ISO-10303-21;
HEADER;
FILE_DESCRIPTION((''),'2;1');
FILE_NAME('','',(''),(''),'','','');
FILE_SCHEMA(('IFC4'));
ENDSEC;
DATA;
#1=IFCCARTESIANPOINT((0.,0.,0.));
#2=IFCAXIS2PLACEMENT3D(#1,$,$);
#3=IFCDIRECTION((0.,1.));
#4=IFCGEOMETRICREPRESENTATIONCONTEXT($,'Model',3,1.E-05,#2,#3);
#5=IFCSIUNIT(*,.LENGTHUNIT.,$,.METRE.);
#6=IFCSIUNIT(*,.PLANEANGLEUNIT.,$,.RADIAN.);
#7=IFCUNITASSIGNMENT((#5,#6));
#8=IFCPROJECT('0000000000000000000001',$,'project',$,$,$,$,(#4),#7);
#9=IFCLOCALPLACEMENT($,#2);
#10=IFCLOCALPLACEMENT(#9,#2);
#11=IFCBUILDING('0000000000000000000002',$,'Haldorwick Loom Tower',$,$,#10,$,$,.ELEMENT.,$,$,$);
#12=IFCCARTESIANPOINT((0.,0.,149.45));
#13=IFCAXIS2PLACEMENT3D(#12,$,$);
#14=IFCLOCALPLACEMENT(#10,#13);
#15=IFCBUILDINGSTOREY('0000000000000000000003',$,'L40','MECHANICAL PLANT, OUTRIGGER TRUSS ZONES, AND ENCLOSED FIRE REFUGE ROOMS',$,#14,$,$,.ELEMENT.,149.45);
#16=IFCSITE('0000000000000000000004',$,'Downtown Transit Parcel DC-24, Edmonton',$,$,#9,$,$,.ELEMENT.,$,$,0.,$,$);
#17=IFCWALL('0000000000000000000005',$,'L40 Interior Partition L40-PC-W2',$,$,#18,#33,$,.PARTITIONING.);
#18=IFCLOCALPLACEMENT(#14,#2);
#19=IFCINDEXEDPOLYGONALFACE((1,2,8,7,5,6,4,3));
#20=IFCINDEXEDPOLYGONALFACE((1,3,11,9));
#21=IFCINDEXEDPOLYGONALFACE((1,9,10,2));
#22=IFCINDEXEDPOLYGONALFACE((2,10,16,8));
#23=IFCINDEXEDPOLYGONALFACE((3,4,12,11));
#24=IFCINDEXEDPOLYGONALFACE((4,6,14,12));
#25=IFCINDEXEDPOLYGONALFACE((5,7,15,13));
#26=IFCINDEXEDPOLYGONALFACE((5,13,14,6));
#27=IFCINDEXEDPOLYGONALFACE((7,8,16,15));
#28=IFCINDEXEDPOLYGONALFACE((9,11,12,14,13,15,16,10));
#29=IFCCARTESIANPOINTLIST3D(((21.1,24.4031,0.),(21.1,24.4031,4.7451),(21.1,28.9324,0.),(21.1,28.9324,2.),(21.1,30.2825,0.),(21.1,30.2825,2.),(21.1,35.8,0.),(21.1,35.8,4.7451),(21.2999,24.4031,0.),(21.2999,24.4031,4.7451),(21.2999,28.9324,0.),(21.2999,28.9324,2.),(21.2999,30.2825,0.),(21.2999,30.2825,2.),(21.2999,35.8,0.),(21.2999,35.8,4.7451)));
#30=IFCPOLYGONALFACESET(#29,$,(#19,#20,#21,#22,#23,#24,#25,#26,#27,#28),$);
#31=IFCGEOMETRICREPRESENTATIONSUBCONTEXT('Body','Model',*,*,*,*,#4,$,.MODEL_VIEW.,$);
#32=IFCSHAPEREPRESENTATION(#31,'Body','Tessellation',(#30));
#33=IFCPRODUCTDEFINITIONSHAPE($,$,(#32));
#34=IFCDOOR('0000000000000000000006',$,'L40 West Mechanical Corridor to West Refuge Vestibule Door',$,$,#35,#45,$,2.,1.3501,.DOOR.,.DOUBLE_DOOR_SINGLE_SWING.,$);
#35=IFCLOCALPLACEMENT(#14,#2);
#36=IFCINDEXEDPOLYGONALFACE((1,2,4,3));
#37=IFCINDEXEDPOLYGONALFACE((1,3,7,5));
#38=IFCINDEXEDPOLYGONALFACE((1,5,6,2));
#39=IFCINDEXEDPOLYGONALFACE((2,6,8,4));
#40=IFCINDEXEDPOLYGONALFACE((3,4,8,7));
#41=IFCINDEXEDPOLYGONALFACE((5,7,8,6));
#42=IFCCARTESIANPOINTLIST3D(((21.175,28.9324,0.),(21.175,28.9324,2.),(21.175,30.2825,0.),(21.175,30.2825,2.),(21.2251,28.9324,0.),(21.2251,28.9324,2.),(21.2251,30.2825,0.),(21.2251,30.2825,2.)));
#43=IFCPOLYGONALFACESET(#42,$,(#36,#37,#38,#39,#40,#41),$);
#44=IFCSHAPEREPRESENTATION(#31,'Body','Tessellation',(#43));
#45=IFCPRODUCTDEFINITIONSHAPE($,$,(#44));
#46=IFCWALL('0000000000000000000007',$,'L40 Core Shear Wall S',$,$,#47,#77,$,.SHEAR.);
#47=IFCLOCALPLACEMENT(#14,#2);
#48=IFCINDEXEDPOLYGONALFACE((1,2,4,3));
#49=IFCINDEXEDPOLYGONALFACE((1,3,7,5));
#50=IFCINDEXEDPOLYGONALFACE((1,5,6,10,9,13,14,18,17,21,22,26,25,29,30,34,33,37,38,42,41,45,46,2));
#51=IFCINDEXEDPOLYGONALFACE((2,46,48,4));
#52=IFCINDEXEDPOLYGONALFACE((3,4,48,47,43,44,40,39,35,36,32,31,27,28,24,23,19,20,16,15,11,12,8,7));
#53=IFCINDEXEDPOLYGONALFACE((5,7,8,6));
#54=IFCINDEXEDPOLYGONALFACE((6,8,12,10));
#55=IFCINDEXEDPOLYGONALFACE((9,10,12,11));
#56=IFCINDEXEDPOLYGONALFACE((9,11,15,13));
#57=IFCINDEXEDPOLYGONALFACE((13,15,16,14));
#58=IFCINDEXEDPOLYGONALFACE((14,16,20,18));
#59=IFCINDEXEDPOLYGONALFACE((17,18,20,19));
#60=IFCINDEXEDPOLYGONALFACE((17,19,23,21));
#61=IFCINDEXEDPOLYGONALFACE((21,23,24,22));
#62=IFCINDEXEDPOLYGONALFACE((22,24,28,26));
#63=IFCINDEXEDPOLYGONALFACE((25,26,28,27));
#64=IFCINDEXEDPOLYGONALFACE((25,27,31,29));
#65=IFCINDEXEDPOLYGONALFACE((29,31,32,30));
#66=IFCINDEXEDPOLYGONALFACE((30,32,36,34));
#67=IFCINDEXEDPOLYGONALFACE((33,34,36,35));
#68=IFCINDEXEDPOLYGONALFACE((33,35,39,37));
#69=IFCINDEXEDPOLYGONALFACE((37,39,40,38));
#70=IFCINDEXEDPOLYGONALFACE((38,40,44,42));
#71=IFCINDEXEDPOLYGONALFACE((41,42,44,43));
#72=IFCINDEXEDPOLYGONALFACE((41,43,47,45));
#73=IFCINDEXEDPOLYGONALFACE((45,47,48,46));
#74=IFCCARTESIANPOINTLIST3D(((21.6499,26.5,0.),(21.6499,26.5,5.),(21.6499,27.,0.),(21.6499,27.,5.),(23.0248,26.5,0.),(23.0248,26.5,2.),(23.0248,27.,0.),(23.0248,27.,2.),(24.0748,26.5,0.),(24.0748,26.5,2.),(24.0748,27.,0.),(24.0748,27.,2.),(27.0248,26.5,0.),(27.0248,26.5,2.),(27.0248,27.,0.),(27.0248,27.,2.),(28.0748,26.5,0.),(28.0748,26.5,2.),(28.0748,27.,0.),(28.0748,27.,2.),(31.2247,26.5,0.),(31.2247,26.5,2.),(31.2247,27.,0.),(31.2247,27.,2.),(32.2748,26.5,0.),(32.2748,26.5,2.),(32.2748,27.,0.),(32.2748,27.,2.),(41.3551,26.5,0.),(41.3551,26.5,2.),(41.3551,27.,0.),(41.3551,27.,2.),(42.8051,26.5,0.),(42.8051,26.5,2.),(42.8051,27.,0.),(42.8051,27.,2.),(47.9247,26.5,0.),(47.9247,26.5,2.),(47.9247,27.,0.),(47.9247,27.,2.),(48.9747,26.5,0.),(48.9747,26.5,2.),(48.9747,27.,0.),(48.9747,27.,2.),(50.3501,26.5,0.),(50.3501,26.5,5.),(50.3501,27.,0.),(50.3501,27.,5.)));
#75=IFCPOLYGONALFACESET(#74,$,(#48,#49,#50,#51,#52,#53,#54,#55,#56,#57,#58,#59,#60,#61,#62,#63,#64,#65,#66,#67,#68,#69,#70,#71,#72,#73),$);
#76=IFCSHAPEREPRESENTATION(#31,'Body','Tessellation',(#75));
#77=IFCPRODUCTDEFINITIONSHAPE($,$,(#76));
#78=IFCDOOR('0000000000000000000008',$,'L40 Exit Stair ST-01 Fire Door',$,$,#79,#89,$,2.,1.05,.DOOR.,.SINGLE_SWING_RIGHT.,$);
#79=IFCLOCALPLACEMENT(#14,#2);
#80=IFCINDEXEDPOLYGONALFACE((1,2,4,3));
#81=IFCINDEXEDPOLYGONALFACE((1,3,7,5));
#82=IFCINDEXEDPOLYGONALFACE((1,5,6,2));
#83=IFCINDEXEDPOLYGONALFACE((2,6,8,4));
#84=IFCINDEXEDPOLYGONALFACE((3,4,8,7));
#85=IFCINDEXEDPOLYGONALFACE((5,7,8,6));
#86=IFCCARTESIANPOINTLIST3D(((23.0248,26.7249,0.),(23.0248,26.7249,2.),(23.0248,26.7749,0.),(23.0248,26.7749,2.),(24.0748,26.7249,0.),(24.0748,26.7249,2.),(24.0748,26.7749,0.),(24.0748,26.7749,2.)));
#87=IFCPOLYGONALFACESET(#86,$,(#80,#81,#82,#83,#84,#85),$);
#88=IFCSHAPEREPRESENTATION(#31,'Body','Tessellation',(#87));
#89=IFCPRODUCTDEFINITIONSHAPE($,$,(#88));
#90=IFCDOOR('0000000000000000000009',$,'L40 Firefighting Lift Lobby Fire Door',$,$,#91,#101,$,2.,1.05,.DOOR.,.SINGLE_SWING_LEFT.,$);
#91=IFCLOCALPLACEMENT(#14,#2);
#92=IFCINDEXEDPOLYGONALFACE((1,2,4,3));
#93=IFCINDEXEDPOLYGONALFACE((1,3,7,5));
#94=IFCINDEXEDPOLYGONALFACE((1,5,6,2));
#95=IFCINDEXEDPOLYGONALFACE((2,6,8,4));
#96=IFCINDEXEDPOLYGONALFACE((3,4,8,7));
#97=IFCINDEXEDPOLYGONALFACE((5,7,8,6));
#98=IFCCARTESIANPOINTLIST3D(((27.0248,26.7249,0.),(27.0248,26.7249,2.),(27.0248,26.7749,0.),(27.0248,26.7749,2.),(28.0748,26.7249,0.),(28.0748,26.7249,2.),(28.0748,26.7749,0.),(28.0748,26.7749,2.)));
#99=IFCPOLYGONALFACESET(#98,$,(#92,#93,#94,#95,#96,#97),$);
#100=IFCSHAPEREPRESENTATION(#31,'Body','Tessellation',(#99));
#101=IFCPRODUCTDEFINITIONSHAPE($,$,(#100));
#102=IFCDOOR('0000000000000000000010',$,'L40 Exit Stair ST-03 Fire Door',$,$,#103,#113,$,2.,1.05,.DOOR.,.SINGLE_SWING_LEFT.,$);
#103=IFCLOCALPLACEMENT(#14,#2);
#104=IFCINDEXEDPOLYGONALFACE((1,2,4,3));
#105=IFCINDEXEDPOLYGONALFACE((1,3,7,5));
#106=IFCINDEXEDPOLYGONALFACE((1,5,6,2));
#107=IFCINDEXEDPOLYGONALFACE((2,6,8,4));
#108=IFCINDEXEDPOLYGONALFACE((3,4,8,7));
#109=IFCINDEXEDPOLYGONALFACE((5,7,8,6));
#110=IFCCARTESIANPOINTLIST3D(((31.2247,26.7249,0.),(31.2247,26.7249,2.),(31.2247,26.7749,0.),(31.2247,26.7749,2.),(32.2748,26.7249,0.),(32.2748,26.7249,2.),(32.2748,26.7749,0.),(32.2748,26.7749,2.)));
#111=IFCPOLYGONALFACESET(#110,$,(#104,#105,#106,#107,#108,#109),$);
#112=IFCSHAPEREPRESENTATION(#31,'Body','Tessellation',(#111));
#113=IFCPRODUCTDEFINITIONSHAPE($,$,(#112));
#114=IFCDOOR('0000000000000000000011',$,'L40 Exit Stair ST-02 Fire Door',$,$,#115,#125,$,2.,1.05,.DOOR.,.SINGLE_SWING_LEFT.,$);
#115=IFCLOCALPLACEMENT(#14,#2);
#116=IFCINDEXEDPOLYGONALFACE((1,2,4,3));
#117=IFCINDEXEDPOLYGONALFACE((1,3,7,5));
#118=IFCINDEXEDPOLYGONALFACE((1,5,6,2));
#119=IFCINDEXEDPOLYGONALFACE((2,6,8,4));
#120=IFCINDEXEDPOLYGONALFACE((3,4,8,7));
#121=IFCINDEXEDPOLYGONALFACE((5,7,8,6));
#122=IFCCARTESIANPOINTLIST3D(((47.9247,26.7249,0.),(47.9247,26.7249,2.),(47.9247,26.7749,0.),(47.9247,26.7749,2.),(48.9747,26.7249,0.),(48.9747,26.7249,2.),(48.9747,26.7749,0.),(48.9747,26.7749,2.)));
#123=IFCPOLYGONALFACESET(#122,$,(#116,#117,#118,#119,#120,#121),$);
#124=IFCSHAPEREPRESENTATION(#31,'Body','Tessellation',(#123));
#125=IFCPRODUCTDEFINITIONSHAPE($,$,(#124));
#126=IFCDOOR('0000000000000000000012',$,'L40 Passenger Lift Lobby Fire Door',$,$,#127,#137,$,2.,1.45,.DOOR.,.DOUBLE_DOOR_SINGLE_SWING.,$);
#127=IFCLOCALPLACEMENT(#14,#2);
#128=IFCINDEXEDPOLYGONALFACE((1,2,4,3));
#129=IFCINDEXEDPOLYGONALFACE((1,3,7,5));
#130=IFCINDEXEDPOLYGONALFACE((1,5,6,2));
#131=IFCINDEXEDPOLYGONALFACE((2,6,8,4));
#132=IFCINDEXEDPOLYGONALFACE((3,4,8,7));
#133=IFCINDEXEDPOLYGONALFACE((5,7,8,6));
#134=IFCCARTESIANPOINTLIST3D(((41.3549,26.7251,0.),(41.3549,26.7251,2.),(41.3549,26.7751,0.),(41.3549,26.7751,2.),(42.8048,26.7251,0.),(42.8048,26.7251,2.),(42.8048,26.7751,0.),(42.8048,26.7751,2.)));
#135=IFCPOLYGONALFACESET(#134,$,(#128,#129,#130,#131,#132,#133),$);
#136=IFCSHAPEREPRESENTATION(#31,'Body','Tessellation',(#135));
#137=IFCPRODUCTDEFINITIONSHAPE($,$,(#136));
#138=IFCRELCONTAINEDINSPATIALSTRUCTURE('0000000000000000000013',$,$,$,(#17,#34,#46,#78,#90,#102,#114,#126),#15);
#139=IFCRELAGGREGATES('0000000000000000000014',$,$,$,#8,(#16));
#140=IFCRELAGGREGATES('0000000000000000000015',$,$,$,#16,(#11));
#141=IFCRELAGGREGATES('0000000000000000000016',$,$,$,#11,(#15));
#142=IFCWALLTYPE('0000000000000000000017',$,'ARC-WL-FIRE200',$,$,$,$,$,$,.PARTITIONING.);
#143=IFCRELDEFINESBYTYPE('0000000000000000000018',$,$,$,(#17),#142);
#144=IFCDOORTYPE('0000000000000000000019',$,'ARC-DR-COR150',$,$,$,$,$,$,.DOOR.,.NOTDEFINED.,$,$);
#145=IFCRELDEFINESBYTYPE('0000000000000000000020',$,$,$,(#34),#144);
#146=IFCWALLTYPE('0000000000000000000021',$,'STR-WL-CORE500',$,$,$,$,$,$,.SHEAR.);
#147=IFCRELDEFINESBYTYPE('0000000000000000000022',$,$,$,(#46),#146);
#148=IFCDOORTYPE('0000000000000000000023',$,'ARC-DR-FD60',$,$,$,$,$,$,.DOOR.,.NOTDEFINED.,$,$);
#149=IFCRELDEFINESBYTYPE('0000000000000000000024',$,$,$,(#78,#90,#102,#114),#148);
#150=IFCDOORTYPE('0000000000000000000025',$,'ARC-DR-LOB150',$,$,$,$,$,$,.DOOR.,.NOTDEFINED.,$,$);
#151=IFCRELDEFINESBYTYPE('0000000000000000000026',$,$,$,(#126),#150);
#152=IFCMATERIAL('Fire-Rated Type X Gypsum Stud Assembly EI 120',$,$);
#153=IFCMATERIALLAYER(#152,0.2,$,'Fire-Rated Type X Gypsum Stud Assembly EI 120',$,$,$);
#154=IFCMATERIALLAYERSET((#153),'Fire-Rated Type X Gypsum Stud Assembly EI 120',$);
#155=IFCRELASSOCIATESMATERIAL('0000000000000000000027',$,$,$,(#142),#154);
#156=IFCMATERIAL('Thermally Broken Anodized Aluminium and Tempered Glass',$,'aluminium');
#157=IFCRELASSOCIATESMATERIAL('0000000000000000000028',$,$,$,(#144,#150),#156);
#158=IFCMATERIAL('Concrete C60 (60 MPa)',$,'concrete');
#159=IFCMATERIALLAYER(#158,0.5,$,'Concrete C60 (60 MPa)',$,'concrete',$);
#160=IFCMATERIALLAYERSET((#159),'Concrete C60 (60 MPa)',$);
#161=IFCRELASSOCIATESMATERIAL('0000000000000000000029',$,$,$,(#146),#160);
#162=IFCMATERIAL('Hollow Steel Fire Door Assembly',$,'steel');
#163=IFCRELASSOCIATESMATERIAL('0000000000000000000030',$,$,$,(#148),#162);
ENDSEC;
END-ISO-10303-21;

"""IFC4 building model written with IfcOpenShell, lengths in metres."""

from ifc_helpers import new_model, si_unit, direction, frame, frame_2d, origin, place, context, subcontext, project, spatial, rectangle, extrude, material, layer, layer_set, type_object, element, fill, save


model = new_model("IFC4")

# Units and contexts
model_context = context("Model", 3, precision=1e-05, world=origin(), true_north=direction((0.0, 1.0)))
body_context = subcontext(model_context, "Body", "Model", "MODEL_VIEW")
ifc_project = project(units=[si_unit("LENGTHUNIT", "METRE"), si_unit("PLANEANGLEUNIT", "RADIAN")], contexts=[model_context])

# Site, building, storey
site_placement = place(None, origin())
site = spatial("IfcSite", under=ifc_project, at=site_placement, Name="Downtown Transit Parcel DC-24, Edmonton", CompositionType="ELEMENT", RefElevation=0.0)
building_placement = place(site_placement, origin())
building = spatial("IfcBuilding", under=site, at=building_placement, Name="Haldorwick Loom Tower", CompositionType="ELEMENT")
storey_placement = place(building_placement, frame((0.0, 0.0, 149.45)))
storey = spatial("IfcBuildingStorey", under=building, at=storey_placement, Name="L40", Description="MECHANICAL PLANT, OUTRIGGER TRUSS ZONES, AND ENCLOSED FIRE REFUGE ROOMS", CompositionType="ELEMENT", Elevation=149.45)

# Shared definitions
ifc_material_1 = material(Name="Concrete C60 (60 MPa)", Category="concrete")

# Shared definitions
ifc_material_2 = material(Name="Fire-Rated Type X Gypsum Stud Assembly EI 120")
ifc_layer_1 = layer(ifc_material_2, 0.2, Name="Fire-Rated Type X Gypsum Stud Assembly EI 120")
ifc_layer_set_1 = layer_set([ifc_layer_1], Name="Fire-Rated Type X Gypsum Stud Assembly EI 120")
wall_type_1 = type_object("IfcWallType", Name="ARC-WL-FIRE200", PredefinedType="PARTITIONING", material=ifc_layer_set_1)
ifc_material_3 = material(Name="Hollow Steel Fire Door Assembly", Category="steel")

# Wall, opening, door
wall_1_placement = place(storey_placement, frame((21.2, 24.4031, 0.0), z_axis=(0.0, 0.0, 1.0), x_axis=(0.0, 1.0, 0.0)))
wall_1 = element("IfcWall", 1, at=wall_1_placement, inside=storey, type_object=wall_type_1, Name="L40 Interior Partition L40-PC-W2", PredefinedType="PARTITIONING", context=body_context, shape_type="SweptSolid", body=[
    extrude(rectangle(XDim=11.397, YDim=0.2, at=frame_2d((5.6985, 0.0))), origin(), (0.0, 0.0, 1.0), 4.7451),
])
opening_1_placement = place(wall_1_placement, frame((4.5293, 0.0, 0.0)))
opening_1 = element("IfcOpeningElement", 2, at=opening_1_placement, cuts=wall_1, PredefinedType="OPENING", context=body_context, shape_type="SweptSolid", body=[
    extrude(rectangle(XDim=1.3501, YDim=2.0, at=frame_2d((0.675, 1.0))), frame((0.0, 0.1099, 0.0), z_axis=(0.0, -1.0, 0.0), x_axis=(1.0, 0.0, 0.0)), (0.0, 0.0, 1.0), 0.22),
])
ifc_material_4 = material(Name="Thermally Broken Anodized Aluminium and Tempered Glass", Category="aluminium")
door_type_1 = type_object("IfcDoorType", Name="ARC-DR-COR150", OperationType="NOTDEFINED", PredefinedType="DOOR", material=ifc_material_4)
door_1_placement = place(opening_1_placement, origin())
door_1 = element("IfcDoor", 3, at=door_1_placement, inside=storey, type_object=door_type_1, Name="L40 West Mechanical Corridor to West Refuge Vestibule Door", OperationType="DOUBLE_DOOR_SINGLE_SWING", OverallHeight=2.0, OverallWidth=1.3501, PredefinedType="DOOR", context=body_context, shape_type="SweptSolid", body=[
    extrude(rectangle(XDim=1.3501, YDim=2.0, at=frame_2d((0.675, 1.0))), frame((0.0, 0.0249, 0.0), z_axis=(0.0, -1.0, 0.0), x_axis=(1.0, 0.0, 0.0)), (0.0, 0.0, 1.0), 0.05),
])
fill(opening_1, door_1)

# Wall, openings, doors
ifc_layer_2 = layer(ifc_material_1, 0.5, Name="Concrete C60 (60 MPa)", Category="concrete")
ifc_layer_set_2 = layer_set([ifc_layer_2], Name="Concrete C60 (60 MPa)")
wall_type_2 = type_object("IfcWallType", Name="STR-WL-CORE500", PredefinedType="SHEAR", material=ifc_layer_set_2)
wall_2_placement = place(storey_placement, frame((21.6499, 26.75, 0.0), z_axis=(0.0, 0.0, 1.0), x_axis=(1.0, 0.0, 0.0)))
wall_2 = element("IfcWall", 4, at=wall_2_placement, inside=storey, type_object=wall_type_2, Name="L40 Core Shear Wall S", PredefinedType="SHEAR", context=body_context, shape_type="SweptSolid", body=[
    extrude(rectangle(XDim=28.7002, YDim=0.5, at=frame_2d((14.3501, 0.0))), origin(), (0.0, 0.0, 1.0), 5.0),
])
opening_2_placement = place(wall_2_placement, frame((1.375, 0.0, 0.0)))
opening_2 = element("IfcOpeningElement", 5, at=opening_2_placement, cuts=wall_2, PredefinedType="OPENING", context=body_context, shape_type="SweptSolid", body=[
    extrude(rectangle(XDim=1.05, YDim=2.0, at=frame_2d((0.5249, 1.0))), frame((0.0, 0.26, 0.0), z_axis=(0.0, -1.0, 0.0), x_axis=(1.0, 0.0, 0.0)), (0.0, 0.0, 1.0), 0.52),
])
opening_3_placement = place(wall_2_placement, frame((5.375, 0.0, 0.0)))
opening_3 = element("IfcOpeningElement", 6, at=opening_3_placement, cuts=wall_2, PredefinedType="OPENING", context=body_context, shape_type="SweptSolid", body=[
    extrude(rectangle(XDim=1.05, YDim=2.0, at=frame_2d((0.5249, 1.0))), frame((0.0, 0.26, 0.0), z_axis=(0.0, -1.0, 0.0), x_axis=(1.0, 0.0, 0.0)), (0.0, 0.0, 1.0), 0.52),
])
opening_4_placement = place(wall_2_placement, frame((9.575, 0.0, 0.0)))
opening_4 = element("IfcOpeningElement", 7, at=opening_4_placement, cuts=wall_2, PredefinedType="OPENING", context=body_context, shape_type="SweptSolid", body=[
    extrude(rectangle(XDim=1.05, YDim=2.0, at=frame_2d((0.5249, 1.0))), frame((0.0, 0.26, 0.0), z_axis=(0.0, -1.0, 0.0), x_axis=(1.0, 0.0, 0.0)), (0.0, 0.0, 1.0), 0.52),
])
opening_5_placement = place(wall_2_placement, frame((19.7051, 0.0, 0.0)))
opening_5 = element("IfcOpeningElement", 8, at=opening_5_placement, cuts=wall_2, PredefinedType="OPENING", context=body_context, shape_type="SweptSolid", body=[
    extrude(rectangle(XDim=1.45, YDim=2.0, at=frame_2d((0.7251, 1.0))), frame((0.0, 0.26, 0.0), z_axis=(0.0, -1.0, 0.0), x_axis=(1.0, 0.0, 0.0)), (0.0, 0.0, 1.0), 0.52),
])
opening_6_placement = place(wall_2_placement, frame((26.2749, 0.0, 0.0)))
opening_6 = element("IfcOpeningElement", 9, at=opening_6_placement, cuts=wall_2, PredefinedType="OPENING", context=body_context, shape_type="SweptSolid", body=[
    extrude(rectangle(XDim=1.05, YDim=2.0, at=frame_2d((0.5249, 1.0))), frame((0.0, 0.26, 0.0), z_axis=(0.0, -1.0, 0.0), x_axis=(1.0, 0.0, 0.0)), (0.0, 0.0, 1.0), 0.52),
])
door_type_2 = type_object("IfcDoorType", Name="ARC-DR-FD60", OperationType="NOTDEFINED", PredefinedType="DOOR", material=ifc_material_3)
door_2_placement = place(opening_2_placement, origin())
door_2 = element("IfcDoor", 10, at=door_2_placement, inside=storey, type_object=door_type_2, Name="L40 Exit Stair ST-01 Fire Door", OperationType="SINGLE_SWING_RIGHT", OverallHeight=2.0, OverallWidth=1.05, PredefinedType="DOOR", context=body_context, shape_type="SweptSolid", body=[
    extrude(rectangle(XDim=1.05, YDim=2.0, at=frame_2d((0.5249, 1.0))), frame((0.0, 0.0249, 0.0), z_axis=(0.0, -1.0, 0.0), x_axis=(1.0, 0.0, 0.0)), (0.0, 0.0, 1.0), 0.05),
])
fill(opening_2, door_2)
door_3_placement = place(opening_3_placement, origin())
door_3 = element("IfcDoor", 11, at=door_3_placement, inside=storey, type_object=door_type_2, Name="L40 Firefighting Lift Lobby Fire Door", OperationType="SINGLE_SWING_LEFT", OverallHeight=2.0, OverallWidth=1.05, PredefinedType="DOOR", context=body_context, shape_type="SweptSolid", body=[
    extrude(rectangle(XDim=1.05, YDim=2.0, at=frame_2d((0.5249, 1.0))), frame((0.0, 0.0249, 0.0), z_axis=(0.0, -1.0, 0.0), x_axis=(1.0, 0.0, 0.0)), (0.0, 0.0, 1.0), 0.05),
])
fill(opening_3, door_3)
door_4_placement = place(opening_4_placement, origin())
door_4 = element("IfcDoor", 12, at=door_4_placement, inside=storey, type_object=door_type_2, Name="L40 Exit Stair ST-03 Fire Door", OperationType="SINGLE_SWING_LEFT", OverallHeight=2.0, OverallWidth=1.05, PredefinedType="DOOR", context=body_context, shape_type="SweptSolid", body=[
    extrude(rectangle(XDim=1.05, YDim=2.0, at=frame_2d((0.5249, 1.0))), frame((0.0, 0.0249, 0.0), z_axis=(0.0, -1.0, 0.0), x_axis=(1.0, 0.0, 0.0)), (0.0, 0.0, 1.0), 0.05),
])
fill(opening_4, door_4)
door_5_placement = place(opening_6_placement, origin())
door_5 = element("IfcDoor", 13, at=door_5_placement, inside=storey, type_object=door_type_2, Name="L40 Exit Stair ST-02 Fire Door", OperationType="SINGLE_SWING_LEFT", OverallHeight=2.0, OverallWidth=1.05, PredefinedType="DOOR", context=body_context, shape_type="SweptSolid", body=[
    extrude(rectangle(XDim=1.05, YDim=2.0, at=frame_2d((0.5249, 1.0))), frame((0.0, 0.0249, 0.0), z_axis=(0.0, -1.0, 0.0), x_axis=(1.0, 0.0, 0.0)), (0.0, 0.0, 1.0), 0.05),
])
fill(opening_6, door_5)
door_type_3 = type_object("IfcDoorType", Name="ARC-DR-LOB150", OperationType="NOTDEFINED", PredefinedType="DOOR", material=ifc_material_4)
door_6_placement = place(opening_5_placement, frame((1.45, 0.0, 0.0), z_axis=(0.0, 0.0, 1.0), x_axis=(-1.0, 0.0, 0.0)))
door_6 = element("IfcDoor", 14, at=door_6_placement, inside=storey, type_object=door_type_3, Name="L40 Passenger Lift Lobby Fire Door", OperationType="DOUBLE_DOOR_SINGLE_SWING", OverallHeight=2.0, OverallWidth=1.45, PredefinedType="DOOR", context=body_context, shape_type="SweptSolid", body=[
    extrude(rectangle(XDim=1.45, YDim=2.0, at=frame_2d((0.7251, 1.0))), frame((0.0, 0.0249, 0.0), z_axis=(0.0, -1.0, 0.0), x_axis=(1.0, 0.0, 0.0)), (0.0, 0.0, 1.0), 0.05),
])
fill(opening_5, door_6)

save(model, "model.ifc")
